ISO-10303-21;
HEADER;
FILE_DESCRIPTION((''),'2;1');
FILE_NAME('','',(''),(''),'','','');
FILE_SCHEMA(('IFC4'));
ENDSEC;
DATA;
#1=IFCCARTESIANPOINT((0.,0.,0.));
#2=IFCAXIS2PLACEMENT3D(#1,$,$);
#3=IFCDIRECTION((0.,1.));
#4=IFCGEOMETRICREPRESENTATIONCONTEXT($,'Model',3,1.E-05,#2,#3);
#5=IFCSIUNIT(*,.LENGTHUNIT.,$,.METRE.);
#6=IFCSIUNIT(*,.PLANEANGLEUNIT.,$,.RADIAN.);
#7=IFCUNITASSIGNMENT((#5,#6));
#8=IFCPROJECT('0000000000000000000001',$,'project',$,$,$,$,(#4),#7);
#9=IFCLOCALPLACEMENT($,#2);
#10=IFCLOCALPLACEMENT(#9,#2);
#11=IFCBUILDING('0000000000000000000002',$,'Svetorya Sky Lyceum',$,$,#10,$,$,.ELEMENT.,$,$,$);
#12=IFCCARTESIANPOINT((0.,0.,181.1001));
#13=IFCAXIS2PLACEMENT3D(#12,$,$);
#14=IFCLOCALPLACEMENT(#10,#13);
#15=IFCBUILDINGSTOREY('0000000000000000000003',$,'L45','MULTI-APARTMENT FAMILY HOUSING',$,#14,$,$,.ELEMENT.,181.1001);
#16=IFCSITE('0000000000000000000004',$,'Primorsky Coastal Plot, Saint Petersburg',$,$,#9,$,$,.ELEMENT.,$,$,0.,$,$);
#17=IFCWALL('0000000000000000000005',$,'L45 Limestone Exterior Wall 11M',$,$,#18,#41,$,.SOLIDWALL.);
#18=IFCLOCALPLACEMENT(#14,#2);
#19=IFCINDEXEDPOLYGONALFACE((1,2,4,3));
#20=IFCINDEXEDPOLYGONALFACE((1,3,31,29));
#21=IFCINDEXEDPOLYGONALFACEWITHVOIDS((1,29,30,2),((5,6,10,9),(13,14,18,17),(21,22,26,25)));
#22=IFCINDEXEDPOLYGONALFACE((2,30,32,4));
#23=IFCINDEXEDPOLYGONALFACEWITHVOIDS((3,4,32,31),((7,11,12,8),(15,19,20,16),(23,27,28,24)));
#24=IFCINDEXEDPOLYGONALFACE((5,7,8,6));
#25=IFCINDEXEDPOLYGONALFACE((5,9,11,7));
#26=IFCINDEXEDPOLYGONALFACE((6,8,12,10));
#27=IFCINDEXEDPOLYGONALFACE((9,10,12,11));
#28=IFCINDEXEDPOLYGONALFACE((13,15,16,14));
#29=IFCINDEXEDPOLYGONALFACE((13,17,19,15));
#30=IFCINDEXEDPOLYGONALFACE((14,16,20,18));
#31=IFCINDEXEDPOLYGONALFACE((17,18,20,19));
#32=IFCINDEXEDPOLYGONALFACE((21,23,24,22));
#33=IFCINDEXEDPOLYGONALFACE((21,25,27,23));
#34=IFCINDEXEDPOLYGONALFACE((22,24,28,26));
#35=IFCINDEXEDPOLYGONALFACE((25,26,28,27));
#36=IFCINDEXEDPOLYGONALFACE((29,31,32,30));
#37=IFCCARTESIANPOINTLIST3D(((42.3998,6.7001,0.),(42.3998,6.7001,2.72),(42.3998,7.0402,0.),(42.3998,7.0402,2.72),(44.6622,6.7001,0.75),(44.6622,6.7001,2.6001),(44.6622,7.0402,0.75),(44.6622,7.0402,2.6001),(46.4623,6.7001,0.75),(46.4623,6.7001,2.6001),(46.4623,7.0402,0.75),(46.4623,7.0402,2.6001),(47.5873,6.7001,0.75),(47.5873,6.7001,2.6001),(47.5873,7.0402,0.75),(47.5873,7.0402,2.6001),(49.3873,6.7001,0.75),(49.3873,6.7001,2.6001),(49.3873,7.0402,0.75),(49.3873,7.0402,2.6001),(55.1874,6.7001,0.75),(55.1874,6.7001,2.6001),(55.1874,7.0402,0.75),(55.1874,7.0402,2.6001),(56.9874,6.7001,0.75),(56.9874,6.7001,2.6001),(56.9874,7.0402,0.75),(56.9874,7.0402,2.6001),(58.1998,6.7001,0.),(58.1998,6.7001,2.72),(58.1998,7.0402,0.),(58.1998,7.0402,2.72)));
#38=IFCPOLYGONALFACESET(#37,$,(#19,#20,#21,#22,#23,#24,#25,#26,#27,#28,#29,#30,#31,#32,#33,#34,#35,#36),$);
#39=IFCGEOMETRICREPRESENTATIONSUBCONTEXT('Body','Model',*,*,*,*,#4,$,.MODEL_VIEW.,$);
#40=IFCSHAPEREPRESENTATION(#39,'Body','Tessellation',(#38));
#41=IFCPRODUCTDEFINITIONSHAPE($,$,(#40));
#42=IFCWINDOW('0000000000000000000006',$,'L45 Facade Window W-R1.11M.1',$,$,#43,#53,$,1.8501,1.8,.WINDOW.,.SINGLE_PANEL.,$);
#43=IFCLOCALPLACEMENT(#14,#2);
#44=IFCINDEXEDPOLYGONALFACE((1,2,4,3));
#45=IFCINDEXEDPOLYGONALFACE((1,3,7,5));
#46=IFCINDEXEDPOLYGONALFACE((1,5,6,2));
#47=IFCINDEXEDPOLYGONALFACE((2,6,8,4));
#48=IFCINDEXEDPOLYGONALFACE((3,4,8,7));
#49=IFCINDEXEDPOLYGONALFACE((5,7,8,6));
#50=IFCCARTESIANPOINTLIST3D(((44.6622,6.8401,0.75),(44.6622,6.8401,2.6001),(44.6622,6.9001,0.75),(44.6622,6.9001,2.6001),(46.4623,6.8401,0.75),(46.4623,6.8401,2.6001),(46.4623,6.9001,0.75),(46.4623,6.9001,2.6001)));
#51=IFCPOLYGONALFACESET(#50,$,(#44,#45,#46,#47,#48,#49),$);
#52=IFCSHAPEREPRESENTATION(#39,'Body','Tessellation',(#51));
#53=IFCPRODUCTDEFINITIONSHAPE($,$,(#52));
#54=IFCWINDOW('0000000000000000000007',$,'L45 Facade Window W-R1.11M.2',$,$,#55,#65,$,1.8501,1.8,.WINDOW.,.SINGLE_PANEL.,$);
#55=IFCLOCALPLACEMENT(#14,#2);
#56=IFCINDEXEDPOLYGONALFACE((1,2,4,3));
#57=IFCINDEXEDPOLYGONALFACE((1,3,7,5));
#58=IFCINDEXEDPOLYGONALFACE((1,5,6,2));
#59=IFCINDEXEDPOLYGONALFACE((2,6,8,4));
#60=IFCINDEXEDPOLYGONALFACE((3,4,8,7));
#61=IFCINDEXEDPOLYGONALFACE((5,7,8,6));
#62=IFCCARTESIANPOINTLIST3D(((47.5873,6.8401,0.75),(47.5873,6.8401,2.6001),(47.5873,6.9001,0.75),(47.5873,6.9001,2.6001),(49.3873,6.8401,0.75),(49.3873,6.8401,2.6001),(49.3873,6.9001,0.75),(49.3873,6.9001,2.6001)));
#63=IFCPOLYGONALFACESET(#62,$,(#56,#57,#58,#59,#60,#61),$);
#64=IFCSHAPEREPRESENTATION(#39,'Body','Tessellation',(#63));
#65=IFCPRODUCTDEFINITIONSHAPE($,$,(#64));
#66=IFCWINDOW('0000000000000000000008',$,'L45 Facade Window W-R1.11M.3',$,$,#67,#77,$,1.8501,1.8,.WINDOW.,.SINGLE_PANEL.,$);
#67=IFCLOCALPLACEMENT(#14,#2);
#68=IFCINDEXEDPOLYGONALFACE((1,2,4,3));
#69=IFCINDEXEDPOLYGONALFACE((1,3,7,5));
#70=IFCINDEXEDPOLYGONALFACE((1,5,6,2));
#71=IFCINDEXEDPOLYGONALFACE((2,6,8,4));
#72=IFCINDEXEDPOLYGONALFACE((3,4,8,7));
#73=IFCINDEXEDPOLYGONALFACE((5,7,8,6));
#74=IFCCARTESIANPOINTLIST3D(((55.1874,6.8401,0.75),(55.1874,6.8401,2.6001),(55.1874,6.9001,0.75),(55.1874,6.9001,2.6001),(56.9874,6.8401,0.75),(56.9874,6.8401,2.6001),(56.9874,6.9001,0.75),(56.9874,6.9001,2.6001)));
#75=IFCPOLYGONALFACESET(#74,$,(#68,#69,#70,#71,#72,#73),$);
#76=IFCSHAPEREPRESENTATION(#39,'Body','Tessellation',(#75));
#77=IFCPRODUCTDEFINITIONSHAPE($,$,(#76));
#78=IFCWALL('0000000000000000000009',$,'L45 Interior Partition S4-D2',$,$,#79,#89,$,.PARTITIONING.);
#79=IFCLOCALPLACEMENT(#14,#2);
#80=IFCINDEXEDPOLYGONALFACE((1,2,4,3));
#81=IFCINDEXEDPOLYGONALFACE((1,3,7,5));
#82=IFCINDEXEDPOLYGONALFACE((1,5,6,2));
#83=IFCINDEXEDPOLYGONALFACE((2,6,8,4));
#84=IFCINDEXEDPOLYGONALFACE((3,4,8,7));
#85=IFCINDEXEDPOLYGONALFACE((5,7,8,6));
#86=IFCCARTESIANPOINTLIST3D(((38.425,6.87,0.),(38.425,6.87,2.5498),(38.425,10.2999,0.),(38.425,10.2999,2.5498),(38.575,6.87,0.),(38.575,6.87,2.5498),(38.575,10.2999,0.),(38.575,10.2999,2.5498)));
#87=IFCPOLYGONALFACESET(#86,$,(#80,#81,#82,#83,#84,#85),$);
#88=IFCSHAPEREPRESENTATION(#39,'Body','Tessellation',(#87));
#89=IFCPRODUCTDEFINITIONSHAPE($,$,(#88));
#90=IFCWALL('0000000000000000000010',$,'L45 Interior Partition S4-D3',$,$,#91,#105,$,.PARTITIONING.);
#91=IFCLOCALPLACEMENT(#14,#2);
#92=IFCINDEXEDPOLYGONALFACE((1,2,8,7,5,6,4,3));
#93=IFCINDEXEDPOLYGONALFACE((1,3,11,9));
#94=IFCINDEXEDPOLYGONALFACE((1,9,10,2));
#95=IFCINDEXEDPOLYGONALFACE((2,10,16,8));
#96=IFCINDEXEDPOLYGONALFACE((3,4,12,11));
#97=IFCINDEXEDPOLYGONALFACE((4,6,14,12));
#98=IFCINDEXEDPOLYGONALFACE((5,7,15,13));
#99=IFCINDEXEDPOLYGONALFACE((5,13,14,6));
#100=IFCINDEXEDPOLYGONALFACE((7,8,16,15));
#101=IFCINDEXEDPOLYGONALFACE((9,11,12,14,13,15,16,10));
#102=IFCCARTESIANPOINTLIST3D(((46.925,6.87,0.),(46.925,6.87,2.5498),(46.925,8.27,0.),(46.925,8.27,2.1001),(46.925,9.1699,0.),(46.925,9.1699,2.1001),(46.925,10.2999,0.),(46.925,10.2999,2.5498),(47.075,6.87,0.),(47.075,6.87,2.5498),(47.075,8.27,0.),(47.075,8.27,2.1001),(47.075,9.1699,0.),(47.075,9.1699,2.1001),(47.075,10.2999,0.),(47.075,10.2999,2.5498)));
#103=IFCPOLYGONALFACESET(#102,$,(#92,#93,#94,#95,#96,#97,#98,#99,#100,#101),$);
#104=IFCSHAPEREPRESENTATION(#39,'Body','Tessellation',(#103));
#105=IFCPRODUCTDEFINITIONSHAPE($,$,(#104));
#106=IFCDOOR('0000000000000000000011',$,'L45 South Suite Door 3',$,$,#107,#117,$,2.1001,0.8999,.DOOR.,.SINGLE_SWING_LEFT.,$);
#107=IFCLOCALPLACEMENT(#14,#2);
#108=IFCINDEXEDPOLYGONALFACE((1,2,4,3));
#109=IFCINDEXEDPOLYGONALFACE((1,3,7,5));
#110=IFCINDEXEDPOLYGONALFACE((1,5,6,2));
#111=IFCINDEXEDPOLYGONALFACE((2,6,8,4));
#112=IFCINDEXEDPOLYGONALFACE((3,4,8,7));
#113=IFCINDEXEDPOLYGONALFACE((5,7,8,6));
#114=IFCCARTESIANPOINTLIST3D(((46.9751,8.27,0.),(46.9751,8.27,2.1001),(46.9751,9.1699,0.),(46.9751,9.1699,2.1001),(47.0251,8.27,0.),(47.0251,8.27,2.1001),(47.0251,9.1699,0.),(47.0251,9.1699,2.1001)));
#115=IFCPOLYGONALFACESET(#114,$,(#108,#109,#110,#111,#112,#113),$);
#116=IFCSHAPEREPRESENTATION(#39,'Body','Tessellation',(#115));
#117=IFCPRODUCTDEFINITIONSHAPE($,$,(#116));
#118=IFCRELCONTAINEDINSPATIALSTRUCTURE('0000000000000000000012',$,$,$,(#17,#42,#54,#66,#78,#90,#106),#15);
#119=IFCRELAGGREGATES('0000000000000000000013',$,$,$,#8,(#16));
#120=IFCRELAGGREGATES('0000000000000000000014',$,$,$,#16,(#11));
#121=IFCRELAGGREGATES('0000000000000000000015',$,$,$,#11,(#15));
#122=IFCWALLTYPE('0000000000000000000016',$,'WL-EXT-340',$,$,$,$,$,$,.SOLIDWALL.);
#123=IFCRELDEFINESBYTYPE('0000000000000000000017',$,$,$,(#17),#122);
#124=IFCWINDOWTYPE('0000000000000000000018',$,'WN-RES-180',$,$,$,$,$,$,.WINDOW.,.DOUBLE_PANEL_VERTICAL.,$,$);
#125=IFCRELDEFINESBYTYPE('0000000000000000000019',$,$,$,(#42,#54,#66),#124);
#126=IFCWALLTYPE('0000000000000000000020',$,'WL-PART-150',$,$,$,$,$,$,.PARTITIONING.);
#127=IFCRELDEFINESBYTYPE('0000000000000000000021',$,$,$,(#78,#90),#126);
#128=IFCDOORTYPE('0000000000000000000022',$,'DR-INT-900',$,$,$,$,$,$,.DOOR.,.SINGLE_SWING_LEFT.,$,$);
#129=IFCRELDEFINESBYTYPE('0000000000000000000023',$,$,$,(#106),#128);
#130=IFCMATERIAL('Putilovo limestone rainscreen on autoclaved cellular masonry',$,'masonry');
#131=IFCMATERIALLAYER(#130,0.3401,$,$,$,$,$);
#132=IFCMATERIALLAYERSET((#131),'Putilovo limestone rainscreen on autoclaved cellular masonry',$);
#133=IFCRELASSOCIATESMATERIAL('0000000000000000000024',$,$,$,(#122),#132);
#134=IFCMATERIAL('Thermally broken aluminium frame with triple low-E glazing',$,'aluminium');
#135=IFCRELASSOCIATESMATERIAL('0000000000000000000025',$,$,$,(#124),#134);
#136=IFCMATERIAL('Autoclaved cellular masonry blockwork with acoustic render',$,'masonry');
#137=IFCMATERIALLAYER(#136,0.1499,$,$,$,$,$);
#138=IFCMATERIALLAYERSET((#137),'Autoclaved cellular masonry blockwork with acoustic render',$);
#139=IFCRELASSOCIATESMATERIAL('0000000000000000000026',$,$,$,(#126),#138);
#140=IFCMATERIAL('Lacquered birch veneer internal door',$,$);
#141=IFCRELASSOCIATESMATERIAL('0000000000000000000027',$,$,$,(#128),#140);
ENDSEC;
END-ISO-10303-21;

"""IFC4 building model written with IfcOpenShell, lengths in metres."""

from ifc_helpers import new_model, si_unit, direction, frame, frame_2d, origin, place, context, subcontext, project, spatial, rectangle, extrude, material, layer, layer_set, type_object, element, fill, save


model = new_model("IFC4")

# Units and contexts
model_context = context("Model", 3, precision=1e-05, world=origin(), true_north=direction((0.0, 1.0)))
body_context = subcontext(model_context, "Body", "Model", "MODEL_VIEW")
ifc_project = project(units=[si_unit("LENGTHUNIT", "METRE"), si_unit("PLANEANGLEUNIT", "RADIAN")], contexts=[model_context])

# Site, building, storey
site_placement = place(None, origin())
site = spatial("IfcSite", under=ifc_project, at=site_placement, Name="Primorsky Coastal Plot, Saint Petersburg", CompositionType="ELEMENT", RefElevation=0.0)
building_placement = place(site_placement, origin())
building = spatial("IfcBuilding", under=site, at=building_placement, Name="Svetorya Sky Lyceum", CompositionType="ELEMENT")
storey_placement = place(building_placement, frame((0.0, 0.0, 181.1001)))
storey = spatial("IfcBuildingStorey", under=building, at=storey_placement, Name="L45", Description="MULTI-APARTMENT FAMILY HOUSING", CompositionType="ELEMENT", Elevation=181.1001)

# Shared definitions
ifc_material_1 = material(Name="Putilovo limestone rainscreen on autoclaved cellular masonry", Category="masonry")
ifc_layer_1 = layer(ifc_material_1, 0.3401)
ifc_layer_set_1 = layer_set([ifc_layer_1], Name="Putilovo limestone rainscreen on autoclaved cellular masonry")
wall_type_1 = type_object("IfcWallType", Name="WL-EXT-340", PredefinedType="SOLIDWALL", material=ifc_layer_set_1)

# Wall, openings, windows
wall_1_placement = place(storey_placement, frame((42.3999, 6.8701, 0.0), z_axis=(0.0, 0.0, 1.0), x_axis=(1.0, 0.0, 0.0)))
wall_1 = element("IfcWall", 1, at=wall_1_placement, inside=storey, type_object=wall_type_1, Name="L45 Limestone Exterior Wall 11M", PredefinedType="SOLIDWALL", context=body_context, shape_type="SweptSolid", body=[
    extrude(rectangle(XDim=15.8, YDim=0.3401, at=frame_2d((7.8999, 0.0))), origin(), (0.0, 0.0, 1.0), 2.72),
])
opening_1_placement = place(wall_1_placement, frame((2.2625, 0.0, 0.75)))
opening_1 = element("IfcOpeningElement", 2, at=opening_1_placement, cuts=wall_1, PredefinedType="OPENING", context=body_context, shape_type="SweptSolid", body=[
    extrude(rectangle(XDim=1.8, YDim=1.8501, at=frame_2d((0.8999, 0.925))), frame((0.0, 0.1799, 0.0), z_axis=(0.0, -1.0, 0.0), x_axis=(1.0, 0.0, 0.0)), (0.0, 0.0, 1.0), 0.3601),
])
opening_2_placement = place(wall_1_placement, frame((5.1875, 0.0, 0.75)))
opening_2 = element("IfcOpeningElement", 3, at=opening_2_placement, cuts=wall_1, PredefinedType="OPENING", context=body_context, shape_type="SweptSolid", body=[
    extrude(rectangle(XDim=1.8, YDim=1.8501, at=frame_2d((0.8999, 0.925))), frame((0.0, 0.1799, 0.0), z_axis=(0.0, -1.0, 0.0), x_axis=(1.0, 0.0, 0.0)), (0.0, 0.0, 1.0), 0.3601),
])
opening_3_placement = place(wall_1_placement, frame((12.7876, 0.0, 0.75)))
opening_3 = element("IfcOpeningElement", 4, at=opening_3_placement, cuts=wall_1, PredefinedType="OPENING", context=body_context, shape_type="SweptSolid", body=[
    extrude(rectangle(XDim=1.8, YDim=1.8501, at=frame_2d((0.8999, 0.925))), frame((0.0, 0.1799, 0.0), z_axis=(0.0, -1.0, 0.0), x_axis=(1.0, 0.0, 0.0)), (0.0, 0.0, 1.0), 0.3601),
])
ifc_material_2 = material(Name="Thermally broken aluminium frame with triple low-E glazing", Category="aluminium")
window_type = type_object("IfcWindowType", Name="WN-RES-180", PartitioningType="DOUBLE_PANEL_VERTICAL", PredefinedType="WINDOW", material=ifc_material_2)
window_1_placement = place(opening_1_placement, origin())
window_1 = element("IfcWindow", 5, at=window_1_placement, inside=storey, type_object=window_type, Name="L45 Facade Window W-R1.11M.1", OverallHeight=1.8501, OverallWidth=1.8, PartitioningType="SINGLE_PANEL", PredefinedType="WINDOW", context=body_context, shape_type="SweptSolid", body=[
    extrude(rectangle(XDim=1.8, YDim=1.8501, at=frame_2d((0.8999, 0.925))), frame((0.0, 0.03, 0.0), z_axis=(0.0, -1.0, 0.0), x_axis=(1.0, 0.0, 0.0)), (0.0, 0.0, 1.0), 0.0601),
])
fill(opening_1, window_1)
window_2_placement = place(opening_2_placement, origin())
window_2 = element("IfcWindow", 6, at=window_2_placement, inside=storey, type_object=window_type, Name="L45 Facade Window W-R1.11M.2", OverallHeight=1.8501, OverallWidth=1.8, PartitioningType="SINGLE_PANEL", PredefinedType="WINDOW", context=body_context, shape_type="SweptSolid", body=[
    extrude(rectangle(XDim=1.8, YDim=1.8501, at=frame_2d((0.8999, 0.925))), frame((0.0, 0.03, 0.0), z_axis=(0.0, -1.0, 0.0), x_axis=(1.0, 0.0, 0.0)), (0.0, 0.0, 1.0), 0.0601),
])
fill(opening_2, window_2)
window_3_placement = place(opening_3_placement, origin())
window_3 = element("IfcWindow", 7, at=window_3_placement, inside=storey, type_object=window_type, Name="L45 Facade Window W-R1.11M.3", OverallHeight=1.8501, OverallWidth=1.8, PartitioningType="SINGLE_PANEL", PredefinedType="WINDOW", context=body_context, shape_type="SweptSolid", body=[
    extrude(rectangle(XDim=1.8, YDim=1.8501, at=frame_2d((0.8999, 0.925))), frame((0.0, 0.03, 0.0), z_axis=(0.0, -1.0, 0.0), x_axis=(1.0, 0.0, 0.0)), (0.0, 0.0, 1.0), 0.0601),
])
fill(opening_3, window_3)

# Wall
ifc_material_3 = material(Name="Autoclaved cellular masonry blockwork with acoustic render", Category="masonry")
ifc_layer_2 = layer(ifc_material_3, 0.1499)
ifc_layer_set_2 = layer_set([ifc_layer_2], Name="Autoclaved cellular masonry blockwork with acoustic render")
wall_type_2 = type_object("IfcWallType", Name="WL-PART-150", PredefinedType="PARTITIONING", material=ifc_layer_set_2)
wall_2_placement = place(storey_placement, frame((38.5, 6.8701, 0.0), z_axis=(0.0, 0.0, 1.0), x_axis=(0.0, 1.0, 0.0)))
element("IfcWall", 8, at=wall_2_placement, inside=storey, type_object=wall_type_2, Name="L45 Interior Partition S4-D2", PredefinedType="PARTITIONING", context=body_context, shape_type="SweptSolid", body=[
    extrude(rectangle(XDim=3.4299, YDim=0.1499, at=frame_2d((1.7148, 0.0))), origin(), (0.0, 0.0, 1.0), 2.5498),
])

# Wall, opening, door
wall_3_placement = place(storey_placement, frame((47.0, 6.8701, 0.0), z_axis=(0.0, 0.0, 1.0), x_axis=(0.0, 1.0, 0.0)))
wall_3 = element("IfcWall", 9, at=wall_3_placement, inside=storey, type_object=wall_type_2, Name="L45 Interior Partition S4-D3", PredefinedType="PARTITIONING", context=body_context, shape_type="SweptSolid", body=[
    extrude(rectangle(XDim=3.4299, YDim=0.1499, at=frame_2d((1.7148, 0.0))), origin(), (0.0, 0.0, 1.0), 2.5498),
])
opening_4_placement = place(wall_3_placement, frame((1.3999, 0.0, 0.0)))
opening_4 = element("IfcOpeningElement", 10, at=opening_4_placement, cuts=wall_3, PredefinedType="OPENING", context=body_context, shape_type="SweptSolid", body=[
    extrude(rectangle(XDim=0.8999, YDim=2.1001, at=frame_2d((0.45, 1.05))), frame((0.0, 0.085, 0.0), z_axis=(0.0, -1.0, 0.0), x_axis=(1.0, 0.0, 0.0)), (0.0, 0.0, 1.0), 0.1699),
])
ifc_material_4 = material(Name="Lacquered birch veneer internal door")
door_type = type_object("IfcDoorType", Name="DR-INT-900", OperationType="SINGLE_SWING_LEFT", PredefinedType="DOOR", material=ifc_material_4)
door_placement = place(opening_4_placement, origin())
door = element("IfcDoor", 11, at=door_placement, inside=storey, type_object=door_type, Name="L45 South Suite Door 3", OperationType="SINGLE_SWING_LEFT", OverallHeight=2.1001, OverallWidth=0.8999, PredefinedType="DOOR", context=body_context, shape_type="SweptSolid", body=[
    extrude(rectangle(XDim=0.8999, YDim=2.1001, at=frame_2d((0.45, 1.05))), frame((0.0, 0.0249, 0.0), z_axis=(0.0, -1.0, 0.0), x_axis=(1.0, 0.0, 0.0)), (0.0, 0.0, 1.0), 0.05),
])
fill(opening_4, door)

save(model, "model.ifc")
